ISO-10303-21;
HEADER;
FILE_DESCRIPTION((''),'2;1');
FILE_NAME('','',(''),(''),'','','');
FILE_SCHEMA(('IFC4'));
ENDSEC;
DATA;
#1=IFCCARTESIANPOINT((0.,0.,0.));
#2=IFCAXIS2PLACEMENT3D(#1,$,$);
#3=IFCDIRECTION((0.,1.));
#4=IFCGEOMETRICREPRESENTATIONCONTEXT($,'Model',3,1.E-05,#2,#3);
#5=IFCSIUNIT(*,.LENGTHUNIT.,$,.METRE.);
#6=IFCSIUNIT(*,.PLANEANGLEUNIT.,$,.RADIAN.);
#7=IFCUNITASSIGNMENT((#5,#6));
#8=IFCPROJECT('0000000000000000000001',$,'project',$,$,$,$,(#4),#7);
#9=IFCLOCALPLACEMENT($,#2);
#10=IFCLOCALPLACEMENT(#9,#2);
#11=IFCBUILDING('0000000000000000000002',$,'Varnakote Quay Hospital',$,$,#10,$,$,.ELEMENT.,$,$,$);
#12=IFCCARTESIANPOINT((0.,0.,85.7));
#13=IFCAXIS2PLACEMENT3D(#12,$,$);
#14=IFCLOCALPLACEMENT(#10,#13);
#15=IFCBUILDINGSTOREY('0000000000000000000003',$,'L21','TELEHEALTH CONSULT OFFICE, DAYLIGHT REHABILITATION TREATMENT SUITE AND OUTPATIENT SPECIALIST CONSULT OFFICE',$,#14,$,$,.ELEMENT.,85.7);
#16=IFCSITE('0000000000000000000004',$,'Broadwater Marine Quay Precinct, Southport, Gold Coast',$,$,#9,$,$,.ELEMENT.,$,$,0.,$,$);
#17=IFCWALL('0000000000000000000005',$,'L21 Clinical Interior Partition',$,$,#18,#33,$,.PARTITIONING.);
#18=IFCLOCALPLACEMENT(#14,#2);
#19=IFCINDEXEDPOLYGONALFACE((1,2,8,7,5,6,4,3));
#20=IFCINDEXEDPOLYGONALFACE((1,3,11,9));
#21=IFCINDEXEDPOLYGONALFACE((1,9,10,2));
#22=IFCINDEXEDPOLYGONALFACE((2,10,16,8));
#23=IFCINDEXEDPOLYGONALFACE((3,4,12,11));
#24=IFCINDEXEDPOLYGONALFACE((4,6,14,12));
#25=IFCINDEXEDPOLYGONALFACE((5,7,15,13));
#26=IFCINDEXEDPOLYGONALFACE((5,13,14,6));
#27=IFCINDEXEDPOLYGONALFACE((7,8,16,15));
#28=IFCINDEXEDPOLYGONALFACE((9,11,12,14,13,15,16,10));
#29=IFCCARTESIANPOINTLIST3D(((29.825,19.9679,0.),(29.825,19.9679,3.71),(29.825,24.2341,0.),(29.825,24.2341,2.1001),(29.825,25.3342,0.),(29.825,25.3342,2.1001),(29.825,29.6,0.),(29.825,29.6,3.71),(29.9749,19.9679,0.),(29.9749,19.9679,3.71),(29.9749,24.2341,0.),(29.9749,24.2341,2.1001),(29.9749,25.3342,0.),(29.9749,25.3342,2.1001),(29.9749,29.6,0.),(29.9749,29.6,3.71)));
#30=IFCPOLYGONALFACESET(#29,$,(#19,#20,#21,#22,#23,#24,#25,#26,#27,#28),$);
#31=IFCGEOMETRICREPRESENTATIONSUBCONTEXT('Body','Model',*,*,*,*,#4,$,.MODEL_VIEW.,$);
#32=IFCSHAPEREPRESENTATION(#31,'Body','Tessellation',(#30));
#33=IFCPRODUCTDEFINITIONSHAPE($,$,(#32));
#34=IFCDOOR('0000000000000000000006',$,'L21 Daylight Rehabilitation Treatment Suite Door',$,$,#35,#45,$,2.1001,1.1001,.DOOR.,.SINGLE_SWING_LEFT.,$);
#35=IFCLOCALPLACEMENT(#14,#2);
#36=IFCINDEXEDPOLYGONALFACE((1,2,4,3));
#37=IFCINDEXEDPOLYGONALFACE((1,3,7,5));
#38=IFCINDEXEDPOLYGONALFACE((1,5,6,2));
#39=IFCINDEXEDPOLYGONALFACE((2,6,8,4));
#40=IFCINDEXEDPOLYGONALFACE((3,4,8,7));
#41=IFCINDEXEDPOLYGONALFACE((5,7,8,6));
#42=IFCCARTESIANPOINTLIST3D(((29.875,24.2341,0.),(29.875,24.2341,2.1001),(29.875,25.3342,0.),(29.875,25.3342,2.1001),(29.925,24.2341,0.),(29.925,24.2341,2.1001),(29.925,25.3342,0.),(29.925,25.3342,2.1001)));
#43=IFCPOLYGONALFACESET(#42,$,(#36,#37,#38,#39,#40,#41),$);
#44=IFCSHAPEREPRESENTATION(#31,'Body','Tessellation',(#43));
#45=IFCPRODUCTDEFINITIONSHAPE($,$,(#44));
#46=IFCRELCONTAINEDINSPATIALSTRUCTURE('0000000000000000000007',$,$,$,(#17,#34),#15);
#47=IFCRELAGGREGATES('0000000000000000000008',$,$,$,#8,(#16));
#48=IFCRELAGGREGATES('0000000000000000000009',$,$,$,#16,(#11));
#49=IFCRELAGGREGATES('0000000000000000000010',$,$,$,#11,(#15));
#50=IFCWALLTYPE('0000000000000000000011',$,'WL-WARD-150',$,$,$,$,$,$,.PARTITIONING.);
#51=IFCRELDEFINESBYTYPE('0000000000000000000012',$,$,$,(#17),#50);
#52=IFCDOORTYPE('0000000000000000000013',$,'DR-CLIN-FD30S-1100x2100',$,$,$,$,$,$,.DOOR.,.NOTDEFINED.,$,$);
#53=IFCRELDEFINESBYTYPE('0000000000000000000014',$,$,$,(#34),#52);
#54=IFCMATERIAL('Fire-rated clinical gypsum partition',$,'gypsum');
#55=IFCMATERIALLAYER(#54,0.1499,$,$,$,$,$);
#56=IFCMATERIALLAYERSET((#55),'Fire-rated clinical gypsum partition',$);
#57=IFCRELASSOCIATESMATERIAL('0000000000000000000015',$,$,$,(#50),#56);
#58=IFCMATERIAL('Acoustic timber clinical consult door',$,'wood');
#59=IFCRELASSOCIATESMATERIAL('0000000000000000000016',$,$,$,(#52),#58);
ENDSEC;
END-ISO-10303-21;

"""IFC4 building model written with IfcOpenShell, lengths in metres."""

from ifc_helpers import new_model, si_unit, direction, frame, frame_2d, origin, place, context, subcontext, project, spatial, rectangle, extrude, material, layer, layer_set, type_object, element, fill, save


model = new_model("IFC4")

# Units and contexts
model_context = context("Model", 3, precision=1e-05, world=origin(), true_north=direction((0.0, 1.0)))
body_context = subcontext(model_context, "Body", "Model", "MODEL_VIEW")
ifc_project = project(units=[si_unit("LENGTHUNIT", "METRE"), si_unit("PLANEANGLEUNIT", "RADIAN")], contexts=[model_context])

# Site, building, storey
site_placement = place(None, origin())
site = spatial("IfcSite", under=ifc_project, at=site_placement, Name="Broadwater Marine Quay Precinct, Southport, Gold Coast", CompositionType="ELEMENT", RefElevation=0.0)
building_placement = place(site_placement, origin())
building = spatial("IfcBuilding", under=site, at=building_placement, Name="Varnakote Quay Hospital", CompositionType="ELEMENT")
storey_placement = place(building_placement, frame((0.0, 0.0, 85.7)))
storey = spatial("IfcBuildingStorey", under=building, at=storey_placement, Name="L21", Description="TELEHEALTH CONSULT OFFICE, DAYLIGHT REHABILITATION TREATMENT SUITE AND OUTPATIENT SPECIALIST CONSULT OFFICE", CompositionType="ELEMENT", Elevation=85.7)

# Shared definitions
ifc_material_1 = material(Name="Fire-rated clinical gypsum partition", Category="gypsum")
ifc_layer_1 = layer(ifc_material_1, 0.1499)
ifc_layer_set_1 = layer_set([ifc_layer_1], Name="Fire-rated clinical gypsum partition")
wall_type_1 = type_object("IfcWallType", Name="WL-WARD-150", PredefinedType="PARTITIONING", material=ifc_layer_set_1)
ifc_material_2 = material(Name="Acoustic timber clinical consult door", Category="wood")
door_type_1 = type_object("IfcDoorType", Name="DR-CLIN-FD30S-1100x2100", OperationType="NOTDEFINED", PredefinedType="DOOR", material=ifc_material_2)

# Wall, opening, door
wall_1_placement = place(storey_placement, frame((29.8999, 19.968, 0.0), z_axis=(0.0, 0.0, 1.0), x_axis=(0.0, 1.0, 0.0)))
wall_1 = element("IfcWall", 1, at=wall_1_placement, inside=storey, type_object=wall_type_1, Name="L21 Clinical Interior Partition", PredefinedType="PARTITIONING", context=body_context, shape_type="SweptSolid", body=[
    extrude(rectangle(XDim=9.6321, YDim=0.1499, at=frame_2d((4.8159, 0.0))), origin(), (0.0, 0.0, 1.0), 3.71),
])
opening_1_placement = place(wall_1_placement, frame((4.2661, 0.0, 0.0)))
opening_1 = element("IfcOpeningElement", 2, at=opening_1_placement, cuts=wall_1, PredefinedType="OPENING", context=body_context, shape_type="SweptSolid", body=[
    extrude(rectangle(XDim=1.1001, YDim=2.1001, at=frame_2d((0.55, 1.05))), frame((0.0, 0.085, 0.0), z_axis=(0.0, -1.0, 0.0), x_axis=(1.0, 0.0, 0.0)), (0.0, 0.0, 1.0), 0.1699),
])
door_1_placement = place(opening_1_placement, origin())
door_1 = element("IfcDoor", 3, at=door_1_placement, inside=storey, type_object=door_type_1, Name="L21 Daylight Rehabilitation Treatment Suite Door", OperationType="SINGLE_SWING_LEFT", OverallHeight=2.1001, OverallWidth=1.1001, PredefinedType="DOOR", context=body_context, shape_type="SweptSolid", body=[
    extrude(rectangle(XDim=1.1001, YDim=2.1001, at=frame_2d((0.55, 1.05))), frame((0.0, 0.0249, 0.0), z_axis=(0.0, -1.0, 0.0), x_axis=(1.0, 0.0, 0.0)), (0.0, 0.0, 1.0), 0.05),
])
fill(opening_1, door_1)

save(model, "model.ifc")
